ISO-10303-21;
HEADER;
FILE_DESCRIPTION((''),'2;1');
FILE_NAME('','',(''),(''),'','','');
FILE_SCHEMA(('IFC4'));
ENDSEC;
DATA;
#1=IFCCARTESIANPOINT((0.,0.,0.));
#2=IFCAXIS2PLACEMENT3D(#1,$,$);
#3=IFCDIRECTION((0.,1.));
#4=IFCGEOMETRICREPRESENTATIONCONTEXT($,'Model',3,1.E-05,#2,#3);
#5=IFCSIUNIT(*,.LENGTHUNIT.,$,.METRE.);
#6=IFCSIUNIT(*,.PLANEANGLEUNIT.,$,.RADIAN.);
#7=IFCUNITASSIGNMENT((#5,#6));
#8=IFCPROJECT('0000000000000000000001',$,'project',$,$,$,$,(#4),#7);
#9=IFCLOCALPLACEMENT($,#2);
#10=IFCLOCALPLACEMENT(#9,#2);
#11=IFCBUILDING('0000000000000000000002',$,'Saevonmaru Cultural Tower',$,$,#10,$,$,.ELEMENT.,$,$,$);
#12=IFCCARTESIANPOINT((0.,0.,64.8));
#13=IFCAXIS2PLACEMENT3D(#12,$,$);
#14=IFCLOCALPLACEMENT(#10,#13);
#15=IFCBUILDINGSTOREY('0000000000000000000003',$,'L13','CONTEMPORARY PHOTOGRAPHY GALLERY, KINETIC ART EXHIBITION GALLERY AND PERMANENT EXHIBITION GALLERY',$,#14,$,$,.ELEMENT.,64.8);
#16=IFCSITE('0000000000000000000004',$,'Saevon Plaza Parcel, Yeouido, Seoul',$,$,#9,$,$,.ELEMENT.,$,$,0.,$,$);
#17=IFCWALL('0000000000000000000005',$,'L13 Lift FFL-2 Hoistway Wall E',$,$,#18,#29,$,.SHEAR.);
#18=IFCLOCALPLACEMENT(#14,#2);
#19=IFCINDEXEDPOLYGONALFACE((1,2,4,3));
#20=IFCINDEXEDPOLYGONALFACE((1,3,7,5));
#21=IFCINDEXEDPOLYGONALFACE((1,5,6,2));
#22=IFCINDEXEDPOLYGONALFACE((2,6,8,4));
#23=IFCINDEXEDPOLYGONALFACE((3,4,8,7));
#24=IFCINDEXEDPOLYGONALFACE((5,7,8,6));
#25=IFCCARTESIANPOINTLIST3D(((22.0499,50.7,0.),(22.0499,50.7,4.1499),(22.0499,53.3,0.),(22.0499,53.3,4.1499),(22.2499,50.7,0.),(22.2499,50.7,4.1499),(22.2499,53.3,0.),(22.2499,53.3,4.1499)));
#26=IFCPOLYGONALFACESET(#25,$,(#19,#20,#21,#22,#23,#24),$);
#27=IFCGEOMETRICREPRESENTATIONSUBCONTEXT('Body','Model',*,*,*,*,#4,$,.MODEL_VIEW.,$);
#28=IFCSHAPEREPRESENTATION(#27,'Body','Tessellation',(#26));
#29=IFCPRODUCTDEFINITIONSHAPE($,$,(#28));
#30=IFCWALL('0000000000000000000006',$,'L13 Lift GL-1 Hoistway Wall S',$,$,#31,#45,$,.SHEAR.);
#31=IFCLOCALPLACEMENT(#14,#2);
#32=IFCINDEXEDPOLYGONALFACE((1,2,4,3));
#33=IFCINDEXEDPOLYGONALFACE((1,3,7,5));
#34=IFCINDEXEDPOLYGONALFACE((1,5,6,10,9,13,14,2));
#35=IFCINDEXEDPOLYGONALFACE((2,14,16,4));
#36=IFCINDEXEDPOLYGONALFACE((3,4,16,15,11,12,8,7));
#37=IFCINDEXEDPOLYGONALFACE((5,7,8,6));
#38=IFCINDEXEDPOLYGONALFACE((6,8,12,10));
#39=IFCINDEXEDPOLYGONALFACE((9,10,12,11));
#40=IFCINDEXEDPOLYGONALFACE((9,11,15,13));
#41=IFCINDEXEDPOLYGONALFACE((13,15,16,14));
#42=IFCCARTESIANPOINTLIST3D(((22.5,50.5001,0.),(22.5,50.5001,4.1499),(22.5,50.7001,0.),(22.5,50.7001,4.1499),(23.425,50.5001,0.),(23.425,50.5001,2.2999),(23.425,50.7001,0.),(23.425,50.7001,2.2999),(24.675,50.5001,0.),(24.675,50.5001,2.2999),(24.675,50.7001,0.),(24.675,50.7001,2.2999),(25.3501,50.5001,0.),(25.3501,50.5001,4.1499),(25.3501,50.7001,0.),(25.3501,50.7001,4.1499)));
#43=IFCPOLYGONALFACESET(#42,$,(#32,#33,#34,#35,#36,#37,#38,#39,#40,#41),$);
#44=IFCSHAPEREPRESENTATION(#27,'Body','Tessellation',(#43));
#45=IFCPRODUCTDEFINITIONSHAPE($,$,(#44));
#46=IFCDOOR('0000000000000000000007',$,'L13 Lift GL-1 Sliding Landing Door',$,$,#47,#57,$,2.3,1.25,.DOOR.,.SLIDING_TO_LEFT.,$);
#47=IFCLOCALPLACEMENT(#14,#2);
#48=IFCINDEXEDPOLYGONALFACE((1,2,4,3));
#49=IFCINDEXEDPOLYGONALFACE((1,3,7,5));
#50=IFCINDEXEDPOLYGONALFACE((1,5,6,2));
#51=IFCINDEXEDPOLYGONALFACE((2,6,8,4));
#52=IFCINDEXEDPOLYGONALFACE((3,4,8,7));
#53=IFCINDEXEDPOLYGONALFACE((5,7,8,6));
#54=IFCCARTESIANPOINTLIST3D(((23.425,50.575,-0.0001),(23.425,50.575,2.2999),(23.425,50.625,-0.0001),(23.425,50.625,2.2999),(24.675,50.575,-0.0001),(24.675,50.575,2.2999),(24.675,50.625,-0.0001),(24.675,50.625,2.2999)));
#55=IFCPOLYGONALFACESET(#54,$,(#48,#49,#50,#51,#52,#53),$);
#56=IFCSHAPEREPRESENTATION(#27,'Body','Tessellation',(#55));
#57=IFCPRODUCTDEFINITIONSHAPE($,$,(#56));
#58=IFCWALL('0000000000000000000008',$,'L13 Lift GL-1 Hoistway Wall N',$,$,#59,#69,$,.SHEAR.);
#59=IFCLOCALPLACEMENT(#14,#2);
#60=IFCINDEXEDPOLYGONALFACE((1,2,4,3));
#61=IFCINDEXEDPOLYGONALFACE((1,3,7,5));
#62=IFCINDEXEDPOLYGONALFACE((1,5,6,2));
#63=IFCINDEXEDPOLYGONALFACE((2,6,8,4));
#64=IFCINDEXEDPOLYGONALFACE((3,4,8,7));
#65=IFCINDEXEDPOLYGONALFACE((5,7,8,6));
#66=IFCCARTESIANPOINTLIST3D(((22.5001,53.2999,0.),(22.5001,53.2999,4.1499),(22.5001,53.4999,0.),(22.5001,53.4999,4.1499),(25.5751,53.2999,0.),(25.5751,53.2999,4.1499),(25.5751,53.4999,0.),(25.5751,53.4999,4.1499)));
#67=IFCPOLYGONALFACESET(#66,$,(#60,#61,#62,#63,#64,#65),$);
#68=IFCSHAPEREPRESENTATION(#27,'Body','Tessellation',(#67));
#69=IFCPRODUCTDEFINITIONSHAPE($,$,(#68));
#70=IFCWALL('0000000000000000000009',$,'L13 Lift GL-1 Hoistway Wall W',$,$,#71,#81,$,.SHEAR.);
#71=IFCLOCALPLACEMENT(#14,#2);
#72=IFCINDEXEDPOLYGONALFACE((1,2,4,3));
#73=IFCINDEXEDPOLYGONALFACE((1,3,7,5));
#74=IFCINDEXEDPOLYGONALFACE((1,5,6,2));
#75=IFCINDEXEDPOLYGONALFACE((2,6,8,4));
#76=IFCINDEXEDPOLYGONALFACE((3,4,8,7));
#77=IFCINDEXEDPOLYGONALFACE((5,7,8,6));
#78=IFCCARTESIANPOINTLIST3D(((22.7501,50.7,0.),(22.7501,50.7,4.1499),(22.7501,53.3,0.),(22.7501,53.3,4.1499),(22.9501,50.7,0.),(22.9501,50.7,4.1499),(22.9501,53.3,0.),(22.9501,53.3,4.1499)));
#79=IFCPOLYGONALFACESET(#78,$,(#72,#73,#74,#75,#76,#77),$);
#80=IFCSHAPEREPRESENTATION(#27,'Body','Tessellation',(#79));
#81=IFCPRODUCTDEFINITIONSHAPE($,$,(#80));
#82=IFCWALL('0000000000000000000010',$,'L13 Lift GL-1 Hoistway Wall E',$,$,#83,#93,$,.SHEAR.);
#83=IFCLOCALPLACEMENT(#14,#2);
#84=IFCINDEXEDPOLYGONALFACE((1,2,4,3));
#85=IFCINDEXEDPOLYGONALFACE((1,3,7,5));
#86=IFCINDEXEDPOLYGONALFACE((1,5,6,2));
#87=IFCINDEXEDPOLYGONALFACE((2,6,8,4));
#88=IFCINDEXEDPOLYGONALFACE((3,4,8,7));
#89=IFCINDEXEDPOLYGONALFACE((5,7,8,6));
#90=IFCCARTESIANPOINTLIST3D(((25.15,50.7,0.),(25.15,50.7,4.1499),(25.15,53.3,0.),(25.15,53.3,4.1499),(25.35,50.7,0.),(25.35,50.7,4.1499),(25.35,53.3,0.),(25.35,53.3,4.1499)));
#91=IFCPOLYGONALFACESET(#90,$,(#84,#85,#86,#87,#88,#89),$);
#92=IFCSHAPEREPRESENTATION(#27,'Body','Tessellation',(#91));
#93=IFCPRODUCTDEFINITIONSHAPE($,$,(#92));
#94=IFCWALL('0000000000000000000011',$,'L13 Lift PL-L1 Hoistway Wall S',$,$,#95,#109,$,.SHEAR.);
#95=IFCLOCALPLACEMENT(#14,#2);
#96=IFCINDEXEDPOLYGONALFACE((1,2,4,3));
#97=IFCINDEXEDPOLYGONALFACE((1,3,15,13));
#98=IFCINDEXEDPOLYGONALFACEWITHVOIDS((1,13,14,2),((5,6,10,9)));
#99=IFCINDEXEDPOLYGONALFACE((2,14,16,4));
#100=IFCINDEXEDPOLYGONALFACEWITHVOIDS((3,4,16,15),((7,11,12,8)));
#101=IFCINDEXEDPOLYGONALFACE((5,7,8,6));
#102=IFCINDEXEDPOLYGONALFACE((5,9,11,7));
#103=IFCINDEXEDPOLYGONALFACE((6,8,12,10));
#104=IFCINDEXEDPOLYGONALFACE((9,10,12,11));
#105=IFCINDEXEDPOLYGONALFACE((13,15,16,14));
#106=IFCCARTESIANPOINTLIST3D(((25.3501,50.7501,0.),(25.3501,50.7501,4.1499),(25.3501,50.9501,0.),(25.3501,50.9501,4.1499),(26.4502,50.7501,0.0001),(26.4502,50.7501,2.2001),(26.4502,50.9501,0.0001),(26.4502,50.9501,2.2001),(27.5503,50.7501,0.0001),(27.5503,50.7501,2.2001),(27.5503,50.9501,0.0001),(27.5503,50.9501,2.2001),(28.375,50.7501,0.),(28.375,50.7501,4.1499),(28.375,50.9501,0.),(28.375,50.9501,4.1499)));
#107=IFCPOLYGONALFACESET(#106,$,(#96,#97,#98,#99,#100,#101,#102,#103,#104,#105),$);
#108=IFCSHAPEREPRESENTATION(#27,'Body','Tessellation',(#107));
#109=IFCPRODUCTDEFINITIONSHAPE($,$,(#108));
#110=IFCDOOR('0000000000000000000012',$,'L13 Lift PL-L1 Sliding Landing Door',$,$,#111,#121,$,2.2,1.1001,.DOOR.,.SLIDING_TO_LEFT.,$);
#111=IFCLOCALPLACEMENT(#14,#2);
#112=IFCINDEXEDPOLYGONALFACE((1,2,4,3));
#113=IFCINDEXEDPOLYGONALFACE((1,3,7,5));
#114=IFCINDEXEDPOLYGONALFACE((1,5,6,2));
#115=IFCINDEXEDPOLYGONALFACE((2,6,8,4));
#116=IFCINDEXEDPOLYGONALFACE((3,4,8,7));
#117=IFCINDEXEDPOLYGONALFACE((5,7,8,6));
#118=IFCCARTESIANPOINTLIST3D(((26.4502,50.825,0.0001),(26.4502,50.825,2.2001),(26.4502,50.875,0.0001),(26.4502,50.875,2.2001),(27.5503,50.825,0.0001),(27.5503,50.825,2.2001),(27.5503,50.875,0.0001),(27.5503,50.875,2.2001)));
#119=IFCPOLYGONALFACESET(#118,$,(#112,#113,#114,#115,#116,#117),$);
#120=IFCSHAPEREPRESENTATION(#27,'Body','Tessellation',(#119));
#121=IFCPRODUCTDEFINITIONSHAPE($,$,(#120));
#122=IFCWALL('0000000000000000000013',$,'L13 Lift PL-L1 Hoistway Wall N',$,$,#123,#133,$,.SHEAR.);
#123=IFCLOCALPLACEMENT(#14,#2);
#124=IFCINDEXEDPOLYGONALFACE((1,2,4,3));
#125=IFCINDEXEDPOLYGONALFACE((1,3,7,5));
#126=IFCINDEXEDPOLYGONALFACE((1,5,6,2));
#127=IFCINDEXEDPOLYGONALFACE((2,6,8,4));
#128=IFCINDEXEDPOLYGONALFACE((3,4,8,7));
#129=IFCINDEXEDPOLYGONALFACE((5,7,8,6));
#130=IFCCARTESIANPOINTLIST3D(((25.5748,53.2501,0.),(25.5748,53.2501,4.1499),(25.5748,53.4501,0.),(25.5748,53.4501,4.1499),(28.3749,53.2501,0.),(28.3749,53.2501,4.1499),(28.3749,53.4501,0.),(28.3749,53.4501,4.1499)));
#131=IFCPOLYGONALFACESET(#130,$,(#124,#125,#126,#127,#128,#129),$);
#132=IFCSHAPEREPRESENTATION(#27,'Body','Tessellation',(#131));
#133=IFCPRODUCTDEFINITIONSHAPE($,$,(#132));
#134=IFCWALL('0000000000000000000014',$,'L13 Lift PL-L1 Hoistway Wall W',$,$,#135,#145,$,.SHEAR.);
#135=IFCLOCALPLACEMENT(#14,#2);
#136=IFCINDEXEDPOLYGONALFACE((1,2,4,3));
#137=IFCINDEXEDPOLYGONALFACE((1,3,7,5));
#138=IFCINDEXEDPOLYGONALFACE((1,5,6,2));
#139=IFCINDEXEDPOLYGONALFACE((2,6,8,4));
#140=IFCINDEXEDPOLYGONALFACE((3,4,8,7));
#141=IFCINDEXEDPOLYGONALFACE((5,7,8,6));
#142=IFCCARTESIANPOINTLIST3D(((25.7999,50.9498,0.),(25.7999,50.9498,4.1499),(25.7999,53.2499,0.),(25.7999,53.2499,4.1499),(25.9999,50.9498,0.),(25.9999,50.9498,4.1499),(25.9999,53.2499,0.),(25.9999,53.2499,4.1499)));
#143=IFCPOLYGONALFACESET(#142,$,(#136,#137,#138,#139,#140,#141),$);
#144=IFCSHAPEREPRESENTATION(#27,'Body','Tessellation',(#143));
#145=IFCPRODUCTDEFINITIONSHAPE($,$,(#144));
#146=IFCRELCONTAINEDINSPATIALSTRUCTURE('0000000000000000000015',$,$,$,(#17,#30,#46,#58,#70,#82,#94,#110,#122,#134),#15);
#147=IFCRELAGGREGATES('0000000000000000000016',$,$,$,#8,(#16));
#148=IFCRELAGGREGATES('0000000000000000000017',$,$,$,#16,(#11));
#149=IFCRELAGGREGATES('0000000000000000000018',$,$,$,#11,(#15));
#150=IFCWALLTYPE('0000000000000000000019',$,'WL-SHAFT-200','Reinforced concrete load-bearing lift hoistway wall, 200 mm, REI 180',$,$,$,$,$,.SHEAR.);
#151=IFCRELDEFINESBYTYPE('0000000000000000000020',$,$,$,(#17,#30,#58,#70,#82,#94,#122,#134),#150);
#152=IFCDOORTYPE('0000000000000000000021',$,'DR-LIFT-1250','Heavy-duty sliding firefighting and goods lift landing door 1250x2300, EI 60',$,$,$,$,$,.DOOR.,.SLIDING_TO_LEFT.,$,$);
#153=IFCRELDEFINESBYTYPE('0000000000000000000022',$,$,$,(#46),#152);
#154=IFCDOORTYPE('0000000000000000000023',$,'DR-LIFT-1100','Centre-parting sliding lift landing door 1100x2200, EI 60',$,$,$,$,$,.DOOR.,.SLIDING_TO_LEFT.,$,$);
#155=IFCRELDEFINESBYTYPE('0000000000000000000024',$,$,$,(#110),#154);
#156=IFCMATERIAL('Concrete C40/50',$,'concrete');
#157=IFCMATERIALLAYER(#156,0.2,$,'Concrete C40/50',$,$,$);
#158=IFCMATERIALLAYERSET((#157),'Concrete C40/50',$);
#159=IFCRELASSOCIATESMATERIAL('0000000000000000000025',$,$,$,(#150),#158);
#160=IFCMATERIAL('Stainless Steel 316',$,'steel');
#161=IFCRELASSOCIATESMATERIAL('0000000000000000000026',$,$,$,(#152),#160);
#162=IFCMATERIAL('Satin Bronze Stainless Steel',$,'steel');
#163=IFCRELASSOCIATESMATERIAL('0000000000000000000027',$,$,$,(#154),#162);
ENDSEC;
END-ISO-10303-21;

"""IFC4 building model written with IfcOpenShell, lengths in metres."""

from ifc_helpers import new_model, si_unit, direction, frame, frame_2d, origin, place, context, subcontext, project, spatial, rectangle, extrude, material, layer, layer_set, type_object, element, fill, save


model = new_model("IFC4")

# Units and contexts
model_context = context("Model", 3, precision=1e-05, world=origin(), true_north=direction((0.0, 1.0)))
body_context = subcontext(model_context, "Body", "Model", "MODEL_VIEW")
ifc_project = project(units=[si_unit("LENGTHUNIT", "METRE"), si_unit("PLANEANGLEUNIT", "RADIAN")], contexts=[model_context])

# Site, building, storey
site_placement = place(None, origin())
site = spatial("IfcSite", under=ifc_project, at=site_placement, Name="Saevon Plaza Parcel, Yeouido, Seoul", CompositionType="ELEMENT", RefElevation=0.0)
building_placement = place(site_placement, origin())
building = spatial("IfcBuilding", under=site, at=building_placement, Name="Saevonmaru Cultural Tower", CompositionType="ELEMENT")
storey_placement = place(building_placement, frame((0.0, 0.0, 64.8)))
storey = spatial("IfcBuildingStorey", under=building, at=storey_placement, Name="L13", Description="CONTEMPORARY PHOTOGRAPHY GALLERY, KINETIC ART EXHIBITION GALLERY AND PERMANENT EXHIBITION GALLERY", CompositionType="ELEMENT", Elevation=64.8)

# Wall
ifc_material_1 = material(Name="Concrete C40/50", Category="concrete")
ifc_layer_1 = layer(ifc_material_1, 0.2, Name="Concrete C40/50")
ifc_layer_set_1 = layer_set([ifc_layer_1], Name="Concrete C40/50")
wall_type_1 = type_object("IfcWallType", Name="WL-SHAFT-200", Description="Reinforced concrete load-bearing lift hoistway wall, 200 mm, REI 180", PredefinedType="SHEAR", material=ifc_layer_set_1)
for number, where, z_axis, x_axis, name in (
    (1, (22.1499, 50.7, 0.0), (0.0, 0.0, 1.0), (0.0, 1.0, 0.0), "L13 Lift FFL-2 Hoistway Wall E"),
):
    element("IfcWall", number, at=place(storey_placement, frame(where, z_axis=z_axis, x_axis=x_axis)), inside=storey, type_object=wall_type_1, Name=name, PredefinedType="SHEAR", context=body_context, shape_type="SweptSolid", body=[
        extrude(rectangle(XDim=2.6001, YDim=0.2, at=frame_2d((1.3, 0.0))), origin(), (0.0, 0.0, 1.0), 4.1499),
    ])

# Wall, opening, door
wall_1_placement = place(storey_placement, frame((22.5, 50.6001, 0.0), z_axis=(0.0, 0.0, 1.0), x_axis=(1.0, 0.0, 0.0)))
wall_1 = element("IfcWall", 2, at=wall_1_placement, inside=storey, type_object=wall_type_1, Name="L13 Lift GL-1 Hoistway Wall S", PredefinedType="SHEAR", context=body_context, shape_type="SweptSolid", body=[
    extrude(rectangle(XDim=2.8501, YDim=0.2, at=frame_2d((1.425, 0.0))), origin(), (0.0, 0.0, 1.0), 4.1499),
])
opening_1_placement = place(wall_1_placement, frame((0.925, 0.0, 0.0)))
opening_1 = element("IfcOpeningElement", 3, at=opening_1_placement, cuts=wall_1, PredefinedType="OPENING", context=body_context, shape_type="SweptSolid", body=[
    extrude(rectangle(XDim=1.25, YDim=2.3, at=frame_2d((0.625, 1.1499))), frame((0.0, 0.1099, 0.0), z_axis=(0.0, -1.0, 0.0), x_axis=(1.0, 0.0, 0.0)), (0.0, 0.0, 1.0), 0.22),
])
ifc_material_2 = material(Name="Stainless Steel 316", Category="steel")
door_type_1 = type_object("IfcDoorType", Name="DR-LIFT-1250", Description="Heavy-duty sliding firefighting and goods lift landing door 1250x2300, EI 60", OperationType="SLIDING_TO_LEFT", PredefinedType="DOOR", material=ifc_material_2)
door_1_placement = place(opening_1_placement, origin())
door_1 = element("IfcDoor", 4, at=door_1_placement, inside=storey, type_object=door_type_1, Name="L13 Lift GL-1 Sliding Landing Door", OperationType="SLIDING_TO_LEFT", OverallHeight=2.3, OverallWidth=1.25, PredefinedType="DOOR", context=body_context, shape_type="SweptSolid", body=[
    extrude(rectangle(XDim=1.25, YDim=2.3, at=frame_2d((0.625, 1.1499))), frame((0.0, 0.0249, 0.0), z_axis=(0.0, -1.0, 0.0), x_axis=(1.0, 0.0, 0.0)), (0.0, 0.0, 1.0), 0.05),
])
fill(opening_1, door_1)

# Walls
wall_2_placement = place(storey_placement, frame((22.5, 53.3999, 0.0), z_axis=(0.0, 0.0, 1.0), x_axis=(1.0, 0.0, 0.0)))
element("IfcWall", 5, at=wall_2_placement, inside=storey, type_object=wall_type_1, Name="L13 Lift GL-1 Hoistway Wall N", PredefinedType="SHEAR", context=body_context, shape_type="SweptSolid", body=[
    extrude(rectangle(XDim=3.075, YDim=0.2, at=frame_2d((1.5376, 0.0))), origin(), (0.0, 0.0, 1.0), 4.1499),
])
for number, where, z_axis, x_axis, name in (
    (6, (22.8501, 50.7, 0.0), (0.0, 0.0, 1.0), (0.0, 1.0, 0.0), "L13 Lift GL-1 Hoistway Wall W"),
    (7, (25.25, 50.7, 0.0), (0.0, 0.0, 1.0), (0.0, 1.0, 0.0), "L13 Lift GL-1 Hoistway Wall E"),
):
    element("IfcWall", number, at=place(storey_placement, frame(where, z_axis=z_axis, x_axis=x_axis)), inside=storey, type_object=wall_type_1, Name=name, PredefinedType="SHEAR", context=body_context, shape_type="SweptSolid", body=[
        extrude(rectangle(XDim=2.6001, YDim=0.2, at=frame_2d((1.3, 0.0))), origin(), (0.0, 0.0, 1.0), 4.1499),
    ])

# Wall, opening, door
wall_3_placement = place(storey_placement, frame((25.3501, 50.8501, 0.0), z_axis=(0.0, 0.0, 1.0), x_axis=(1.0, 0.0, 0.0)))
wall_3 = element("IfcWall", 8, at=wall_3_placement, inside=storey, type_object=wall_type_1, Name="L13 Lift PL-L1 Hoistway Wall S", PredefinedType="SHEAR", context=body_context, shape_type="SweptSolid", body=[
    extrude(rectangle(XDim=3.0249, YDim=0.2, at=frame_2d((1.5125, 0.0))), origin(), (0.0, 0.0, 1.0), 4.1499),
])
opening_2_placement = place(wall_3_placement, frame((1.1001, 0.0, 0.0)))
opening_2 = element("IfcOpeningElement", 9, at=opening_2_placement, cuts=wall_3, PredefinedType="OPENING", context=body_context, shape_type="SweptSolid", body=[
    extrude(rectangle(XDim=1.1001, YDim=2.2, at=frame_2d((0.55, 1.1001))), frame((0.0, 0.1099, 0.0), z_axis=(0.0, -1.0, 0.0), x_axis=(1.0, 0.0, 0.0)), (0.0, 0.0, 1.0), 0.22),
])
ifc_material_3 = material(Name="Satin Bronze Stainless Steel", Category="steel")
door_type_2 = type_object("IfcDoorType", Name="DR-LIFT-1100", Description="Centre-parting sliding lift landing door 1100x2200, EI 60", OperationType="SLIDING_TO_LEFT", PredefinedType="DOOR", material=ifc_material_3)
door_2_placement = place(opening_2_placement, origin())
door_2 = element("IfcDoor", 10, at=door_2_placement, inside=storey, type_object=door_type_2, Name="L13 Lift PL-L1 Sliding Landing Door", OperationType="SLIDING_TO_LEFT", OverallHeight=2.2, OverallWidth=1.1001, PredefinedType="DOOR", context=body_context, shape_type="SweptSolid", body=[
    extrude(rectangle(XDim=1.1001, YDim=2.2, at=frame_2d((0.55, 1.1001))), frame((0.0, 0.0249, 0.0), z_axis=(0.0, -1.0, 0.0), x_axis=(1.0, 0.0, 0.0)), (0.0, 0.0, 1.0), 0.05),
])
fill(opening_2, door_2)

# Walls
wall_4_placement = place(storey_placement, frame((25.575, 53.3501, 0.0), z_axis=(0.0, 0.0, 1.0), x_axis=(1.0, 0.0, 0.0)))
element("IfcWall", 11, at=wall_4_placement, inside=storey, type_object=wall_type_1, Name="L13 Lift PL-L1 Hoistway Wall N", PredefinedType="SHEAR", context=body_context, shape_type="SweptSolid", body=[
    extrude(rectangle(XDim=2.8, YDim=0.2, at=frame_2d((1.3999, 0.0))), origin(), (0.0, 0.0, 1.0), 4.1499),
])
wall_5_placement = place(storey_placement, frame((25.8999, 50.95, 0.0), z_axis=(0.0, 0.0, 1.0), x_axis=(0.0, 1.0, 0.0)))
element("IfcWall", 12, at=wall_5_placement, inside=storey, type_object=wall_type_1, Name="L13 Lift PL-L1 Hoistway Wall W", PredefinedType="SHEAR", context=body_context, shape_type="SweptSolid", body=[
    extrude(rectangle(XDim=2.3, YDim=0.2, at=frame_2d((1.1499, 0.0))), origin(), (0.0, 0.0, 1.0), 4.1499),
])

save(model, "model.ifc")
